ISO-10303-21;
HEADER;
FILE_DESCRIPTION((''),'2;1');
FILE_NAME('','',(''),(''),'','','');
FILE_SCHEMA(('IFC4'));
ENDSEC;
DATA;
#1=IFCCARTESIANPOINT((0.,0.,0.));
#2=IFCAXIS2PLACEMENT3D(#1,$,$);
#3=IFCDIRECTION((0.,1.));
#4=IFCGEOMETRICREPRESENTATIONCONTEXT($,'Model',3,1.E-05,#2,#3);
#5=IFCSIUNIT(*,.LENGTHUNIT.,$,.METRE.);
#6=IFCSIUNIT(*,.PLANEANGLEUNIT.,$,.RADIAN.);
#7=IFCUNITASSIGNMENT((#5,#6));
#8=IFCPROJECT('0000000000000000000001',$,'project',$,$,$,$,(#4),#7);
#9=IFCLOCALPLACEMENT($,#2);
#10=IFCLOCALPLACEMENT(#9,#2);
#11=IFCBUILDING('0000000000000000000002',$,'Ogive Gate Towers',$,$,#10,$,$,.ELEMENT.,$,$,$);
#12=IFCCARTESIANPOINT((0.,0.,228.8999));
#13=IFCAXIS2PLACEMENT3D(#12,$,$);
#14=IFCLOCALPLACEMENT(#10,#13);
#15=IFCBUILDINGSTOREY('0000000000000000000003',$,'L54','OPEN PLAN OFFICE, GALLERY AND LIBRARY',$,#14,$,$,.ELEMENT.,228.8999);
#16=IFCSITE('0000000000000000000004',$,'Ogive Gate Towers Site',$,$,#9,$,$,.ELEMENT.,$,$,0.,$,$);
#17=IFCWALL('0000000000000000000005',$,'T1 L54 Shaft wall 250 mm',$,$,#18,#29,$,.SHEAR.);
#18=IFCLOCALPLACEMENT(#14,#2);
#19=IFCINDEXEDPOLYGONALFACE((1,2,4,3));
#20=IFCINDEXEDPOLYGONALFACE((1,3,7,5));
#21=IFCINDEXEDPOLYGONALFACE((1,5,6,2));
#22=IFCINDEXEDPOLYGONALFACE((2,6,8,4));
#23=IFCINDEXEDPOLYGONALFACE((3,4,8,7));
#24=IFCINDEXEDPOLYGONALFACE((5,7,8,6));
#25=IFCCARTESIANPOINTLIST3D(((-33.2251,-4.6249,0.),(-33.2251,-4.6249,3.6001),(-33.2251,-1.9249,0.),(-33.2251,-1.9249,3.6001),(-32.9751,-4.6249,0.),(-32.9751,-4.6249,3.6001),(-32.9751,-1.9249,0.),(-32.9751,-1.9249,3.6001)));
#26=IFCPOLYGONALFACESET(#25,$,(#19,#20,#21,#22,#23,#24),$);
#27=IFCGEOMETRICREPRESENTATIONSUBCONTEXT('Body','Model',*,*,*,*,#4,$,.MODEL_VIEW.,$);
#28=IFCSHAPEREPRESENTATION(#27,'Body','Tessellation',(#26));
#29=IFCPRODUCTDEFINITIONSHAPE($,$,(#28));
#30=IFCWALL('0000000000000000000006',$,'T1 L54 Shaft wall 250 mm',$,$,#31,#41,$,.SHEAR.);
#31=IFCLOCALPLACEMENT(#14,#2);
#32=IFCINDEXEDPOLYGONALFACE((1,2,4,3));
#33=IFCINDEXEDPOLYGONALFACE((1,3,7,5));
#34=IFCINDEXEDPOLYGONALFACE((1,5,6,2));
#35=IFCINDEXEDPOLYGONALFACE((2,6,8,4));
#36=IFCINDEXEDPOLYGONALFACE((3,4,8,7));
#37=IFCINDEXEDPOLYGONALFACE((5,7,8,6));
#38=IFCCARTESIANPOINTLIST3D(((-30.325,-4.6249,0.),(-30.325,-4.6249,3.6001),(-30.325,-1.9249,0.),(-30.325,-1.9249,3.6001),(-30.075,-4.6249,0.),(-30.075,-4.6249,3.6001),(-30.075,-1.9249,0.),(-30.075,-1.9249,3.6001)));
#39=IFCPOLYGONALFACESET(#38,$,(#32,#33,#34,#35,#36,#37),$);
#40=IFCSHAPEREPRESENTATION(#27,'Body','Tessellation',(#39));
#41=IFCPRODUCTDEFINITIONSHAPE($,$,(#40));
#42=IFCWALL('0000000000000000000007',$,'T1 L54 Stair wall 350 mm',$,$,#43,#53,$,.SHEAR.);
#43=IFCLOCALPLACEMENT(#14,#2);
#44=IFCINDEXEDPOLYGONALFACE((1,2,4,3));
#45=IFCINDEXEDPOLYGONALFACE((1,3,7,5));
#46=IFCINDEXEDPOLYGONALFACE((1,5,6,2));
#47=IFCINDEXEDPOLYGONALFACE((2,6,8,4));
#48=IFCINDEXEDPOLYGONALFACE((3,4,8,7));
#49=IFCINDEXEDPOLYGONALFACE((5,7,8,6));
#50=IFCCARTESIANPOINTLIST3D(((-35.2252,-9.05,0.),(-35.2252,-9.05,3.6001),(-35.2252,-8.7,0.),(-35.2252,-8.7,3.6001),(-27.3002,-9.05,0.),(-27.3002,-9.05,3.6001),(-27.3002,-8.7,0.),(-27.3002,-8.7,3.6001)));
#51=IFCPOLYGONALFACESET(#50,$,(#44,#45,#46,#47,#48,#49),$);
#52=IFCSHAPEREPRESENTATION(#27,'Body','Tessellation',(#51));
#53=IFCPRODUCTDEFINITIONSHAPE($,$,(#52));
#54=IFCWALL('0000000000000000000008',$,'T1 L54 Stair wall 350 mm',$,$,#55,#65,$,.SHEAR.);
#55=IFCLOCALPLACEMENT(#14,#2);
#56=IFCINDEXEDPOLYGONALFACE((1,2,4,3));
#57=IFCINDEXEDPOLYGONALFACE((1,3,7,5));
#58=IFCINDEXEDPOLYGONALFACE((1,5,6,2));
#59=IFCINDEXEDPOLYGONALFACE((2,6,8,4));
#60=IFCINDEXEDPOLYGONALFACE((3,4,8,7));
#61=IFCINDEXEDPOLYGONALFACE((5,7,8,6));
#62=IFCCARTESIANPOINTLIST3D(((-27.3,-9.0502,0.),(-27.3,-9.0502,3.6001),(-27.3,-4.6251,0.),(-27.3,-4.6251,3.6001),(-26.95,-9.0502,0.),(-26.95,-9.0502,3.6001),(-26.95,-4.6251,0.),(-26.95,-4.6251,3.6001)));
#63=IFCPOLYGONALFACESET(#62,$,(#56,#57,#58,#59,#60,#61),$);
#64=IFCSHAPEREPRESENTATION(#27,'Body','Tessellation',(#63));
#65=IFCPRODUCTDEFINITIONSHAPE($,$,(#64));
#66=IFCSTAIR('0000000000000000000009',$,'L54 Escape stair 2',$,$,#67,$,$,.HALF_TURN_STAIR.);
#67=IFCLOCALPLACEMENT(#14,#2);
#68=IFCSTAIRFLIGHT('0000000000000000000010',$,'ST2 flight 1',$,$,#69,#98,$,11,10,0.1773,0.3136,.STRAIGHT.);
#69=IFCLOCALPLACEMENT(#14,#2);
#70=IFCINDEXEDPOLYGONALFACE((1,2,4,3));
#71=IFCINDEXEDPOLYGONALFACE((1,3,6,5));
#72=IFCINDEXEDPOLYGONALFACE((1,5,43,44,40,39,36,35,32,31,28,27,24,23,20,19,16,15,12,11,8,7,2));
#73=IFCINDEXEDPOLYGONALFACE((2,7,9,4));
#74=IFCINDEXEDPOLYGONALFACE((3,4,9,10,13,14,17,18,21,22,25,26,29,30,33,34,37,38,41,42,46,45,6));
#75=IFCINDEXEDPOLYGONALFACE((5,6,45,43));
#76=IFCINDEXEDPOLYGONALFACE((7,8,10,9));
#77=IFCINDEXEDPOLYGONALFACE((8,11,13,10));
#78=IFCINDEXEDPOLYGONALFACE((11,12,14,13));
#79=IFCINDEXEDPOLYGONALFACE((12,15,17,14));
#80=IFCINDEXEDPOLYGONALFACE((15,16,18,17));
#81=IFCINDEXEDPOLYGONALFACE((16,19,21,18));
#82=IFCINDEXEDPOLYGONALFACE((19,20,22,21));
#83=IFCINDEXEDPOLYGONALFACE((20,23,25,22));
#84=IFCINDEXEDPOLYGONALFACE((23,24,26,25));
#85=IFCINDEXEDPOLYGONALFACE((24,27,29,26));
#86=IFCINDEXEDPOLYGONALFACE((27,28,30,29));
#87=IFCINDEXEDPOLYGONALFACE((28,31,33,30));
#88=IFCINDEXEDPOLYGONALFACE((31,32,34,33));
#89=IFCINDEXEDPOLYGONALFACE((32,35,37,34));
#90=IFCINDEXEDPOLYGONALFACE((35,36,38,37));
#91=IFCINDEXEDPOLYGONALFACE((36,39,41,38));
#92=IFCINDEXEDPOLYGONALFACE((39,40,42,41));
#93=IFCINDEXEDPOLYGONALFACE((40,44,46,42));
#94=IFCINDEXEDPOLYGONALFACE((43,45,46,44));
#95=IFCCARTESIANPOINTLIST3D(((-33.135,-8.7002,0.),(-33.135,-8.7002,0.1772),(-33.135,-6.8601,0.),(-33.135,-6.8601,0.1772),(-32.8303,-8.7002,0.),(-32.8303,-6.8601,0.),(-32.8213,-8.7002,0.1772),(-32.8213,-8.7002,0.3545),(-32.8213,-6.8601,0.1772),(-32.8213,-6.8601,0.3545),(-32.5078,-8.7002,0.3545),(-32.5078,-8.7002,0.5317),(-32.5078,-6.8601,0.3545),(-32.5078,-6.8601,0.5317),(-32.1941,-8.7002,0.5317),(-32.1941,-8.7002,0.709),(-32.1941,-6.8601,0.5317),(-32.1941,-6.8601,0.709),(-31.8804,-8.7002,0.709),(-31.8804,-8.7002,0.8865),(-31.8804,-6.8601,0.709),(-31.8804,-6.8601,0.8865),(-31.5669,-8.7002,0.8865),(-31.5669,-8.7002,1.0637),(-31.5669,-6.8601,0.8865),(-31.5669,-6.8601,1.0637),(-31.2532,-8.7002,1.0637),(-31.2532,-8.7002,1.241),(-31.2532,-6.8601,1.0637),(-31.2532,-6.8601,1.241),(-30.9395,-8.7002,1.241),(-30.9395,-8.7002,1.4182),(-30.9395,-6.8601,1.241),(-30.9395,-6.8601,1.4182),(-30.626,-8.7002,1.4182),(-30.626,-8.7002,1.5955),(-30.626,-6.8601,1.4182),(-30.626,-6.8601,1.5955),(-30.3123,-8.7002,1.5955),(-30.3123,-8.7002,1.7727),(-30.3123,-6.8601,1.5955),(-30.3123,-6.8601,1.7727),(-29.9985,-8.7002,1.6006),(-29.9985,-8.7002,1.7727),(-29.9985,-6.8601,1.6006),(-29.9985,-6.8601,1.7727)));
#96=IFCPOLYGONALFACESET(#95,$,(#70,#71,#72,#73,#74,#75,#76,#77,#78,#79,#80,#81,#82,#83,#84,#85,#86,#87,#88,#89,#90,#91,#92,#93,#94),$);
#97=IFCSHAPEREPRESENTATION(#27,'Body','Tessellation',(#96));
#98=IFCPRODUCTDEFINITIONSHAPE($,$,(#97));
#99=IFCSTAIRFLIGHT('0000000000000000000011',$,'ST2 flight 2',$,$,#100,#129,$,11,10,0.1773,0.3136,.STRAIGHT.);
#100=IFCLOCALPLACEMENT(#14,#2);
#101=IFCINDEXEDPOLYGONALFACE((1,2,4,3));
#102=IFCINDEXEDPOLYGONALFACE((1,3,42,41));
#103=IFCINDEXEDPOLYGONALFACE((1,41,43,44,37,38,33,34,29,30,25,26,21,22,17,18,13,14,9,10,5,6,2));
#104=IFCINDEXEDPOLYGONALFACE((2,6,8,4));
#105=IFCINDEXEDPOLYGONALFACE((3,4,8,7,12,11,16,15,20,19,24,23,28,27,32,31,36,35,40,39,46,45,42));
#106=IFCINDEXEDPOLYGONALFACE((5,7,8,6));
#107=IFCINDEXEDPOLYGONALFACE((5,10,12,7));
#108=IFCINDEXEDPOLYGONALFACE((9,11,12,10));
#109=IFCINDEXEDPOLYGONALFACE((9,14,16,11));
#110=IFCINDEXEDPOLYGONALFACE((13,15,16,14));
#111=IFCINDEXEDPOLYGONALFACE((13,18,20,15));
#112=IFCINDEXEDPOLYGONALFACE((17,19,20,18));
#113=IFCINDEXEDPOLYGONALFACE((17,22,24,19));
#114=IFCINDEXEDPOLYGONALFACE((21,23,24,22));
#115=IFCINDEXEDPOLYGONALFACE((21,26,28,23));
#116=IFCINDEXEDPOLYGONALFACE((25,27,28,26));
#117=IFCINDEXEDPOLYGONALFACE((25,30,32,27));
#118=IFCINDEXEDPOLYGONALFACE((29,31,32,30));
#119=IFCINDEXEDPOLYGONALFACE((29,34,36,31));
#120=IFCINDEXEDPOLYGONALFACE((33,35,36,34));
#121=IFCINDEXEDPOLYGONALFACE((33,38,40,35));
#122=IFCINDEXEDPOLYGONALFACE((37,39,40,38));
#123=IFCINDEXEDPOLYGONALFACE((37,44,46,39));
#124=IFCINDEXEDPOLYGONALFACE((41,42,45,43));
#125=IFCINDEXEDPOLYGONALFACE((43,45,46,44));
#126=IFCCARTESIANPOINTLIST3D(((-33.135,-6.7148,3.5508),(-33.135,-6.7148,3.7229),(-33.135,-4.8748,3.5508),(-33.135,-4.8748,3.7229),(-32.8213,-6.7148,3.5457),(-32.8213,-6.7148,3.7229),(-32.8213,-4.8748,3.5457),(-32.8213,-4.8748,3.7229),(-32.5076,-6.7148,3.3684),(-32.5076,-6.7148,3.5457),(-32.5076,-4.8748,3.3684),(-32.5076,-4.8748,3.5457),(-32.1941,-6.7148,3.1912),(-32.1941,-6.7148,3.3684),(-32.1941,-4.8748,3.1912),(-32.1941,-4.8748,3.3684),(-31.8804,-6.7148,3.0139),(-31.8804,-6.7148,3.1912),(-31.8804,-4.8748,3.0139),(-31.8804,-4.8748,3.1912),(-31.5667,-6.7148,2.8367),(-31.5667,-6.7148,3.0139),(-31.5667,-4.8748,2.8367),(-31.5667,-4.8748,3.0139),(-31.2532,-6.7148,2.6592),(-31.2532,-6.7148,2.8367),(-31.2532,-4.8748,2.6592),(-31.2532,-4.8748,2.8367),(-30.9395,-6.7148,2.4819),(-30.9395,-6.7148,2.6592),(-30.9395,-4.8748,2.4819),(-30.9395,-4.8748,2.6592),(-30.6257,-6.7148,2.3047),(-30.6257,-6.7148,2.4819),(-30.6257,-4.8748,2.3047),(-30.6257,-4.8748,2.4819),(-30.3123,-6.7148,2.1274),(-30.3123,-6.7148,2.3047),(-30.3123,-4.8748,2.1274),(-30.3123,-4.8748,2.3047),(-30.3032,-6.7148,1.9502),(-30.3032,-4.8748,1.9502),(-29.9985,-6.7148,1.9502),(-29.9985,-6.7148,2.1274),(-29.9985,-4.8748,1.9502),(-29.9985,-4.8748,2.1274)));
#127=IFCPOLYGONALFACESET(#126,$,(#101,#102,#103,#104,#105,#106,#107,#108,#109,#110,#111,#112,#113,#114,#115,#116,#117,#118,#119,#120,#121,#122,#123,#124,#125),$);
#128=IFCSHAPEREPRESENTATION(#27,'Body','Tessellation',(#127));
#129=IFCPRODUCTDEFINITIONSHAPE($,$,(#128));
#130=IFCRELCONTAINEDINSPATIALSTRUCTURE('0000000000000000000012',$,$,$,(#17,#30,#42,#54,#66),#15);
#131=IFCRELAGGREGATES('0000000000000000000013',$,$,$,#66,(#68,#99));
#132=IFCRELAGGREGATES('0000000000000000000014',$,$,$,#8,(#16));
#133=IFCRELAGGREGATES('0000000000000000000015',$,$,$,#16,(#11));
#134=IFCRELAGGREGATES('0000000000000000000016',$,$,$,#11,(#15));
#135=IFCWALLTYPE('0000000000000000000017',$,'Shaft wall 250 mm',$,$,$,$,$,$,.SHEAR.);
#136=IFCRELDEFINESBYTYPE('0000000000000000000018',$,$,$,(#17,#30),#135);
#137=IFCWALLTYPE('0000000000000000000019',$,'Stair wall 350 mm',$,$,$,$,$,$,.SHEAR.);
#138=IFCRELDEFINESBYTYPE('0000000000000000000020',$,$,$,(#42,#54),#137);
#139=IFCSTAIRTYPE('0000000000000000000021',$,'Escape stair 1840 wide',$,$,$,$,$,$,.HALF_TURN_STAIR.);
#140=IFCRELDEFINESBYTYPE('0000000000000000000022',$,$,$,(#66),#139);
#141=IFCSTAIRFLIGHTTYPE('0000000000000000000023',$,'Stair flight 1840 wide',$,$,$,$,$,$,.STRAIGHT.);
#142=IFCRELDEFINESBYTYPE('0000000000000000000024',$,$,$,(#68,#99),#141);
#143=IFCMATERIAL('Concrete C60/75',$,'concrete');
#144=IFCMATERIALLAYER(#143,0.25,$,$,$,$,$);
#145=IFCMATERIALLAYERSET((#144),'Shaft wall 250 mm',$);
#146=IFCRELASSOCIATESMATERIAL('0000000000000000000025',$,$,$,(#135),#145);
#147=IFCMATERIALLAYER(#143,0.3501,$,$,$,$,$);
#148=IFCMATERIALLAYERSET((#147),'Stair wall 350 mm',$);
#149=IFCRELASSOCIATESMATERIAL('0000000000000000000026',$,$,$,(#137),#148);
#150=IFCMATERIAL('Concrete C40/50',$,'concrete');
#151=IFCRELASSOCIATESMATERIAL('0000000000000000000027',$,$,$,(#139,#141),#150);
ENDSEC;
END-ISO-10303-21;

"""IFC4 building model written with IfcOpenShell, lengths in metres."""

from ifc_helpers import new_model, si_unit, direction, frame, frame_2d, origin, place, context, subcontext, project, spatial, polyline, rectangle, outline, extrude, material, layer, layer_set, type_object, element, aggregate, save


model = new_model("IFC4")

# Units and contexts
model_context = context("Model", 3, precision=1e-05, world=origin(), true_north=direction((0.0, 1.0)))
body_context = subcontext(model_context, "Body", "Model", "MODEL_VIEW")
ifc_project = project(units=[si_unit("LENGTHUNIT", "METRE"), si_unit("PLANEANGLEUNIT", "RADIAN")], contexts=[model_context])

# Site, building, storey
site_placement = place(None, origin())
site = spatial("IfcSite", under=ifc_project, at=site_placement, Name="Ogive Gate Towers Site", CompositionType="ELEMENT", RefElevation=0.0)
building_placement = place(site_placement, origin())
building = spatial("IfcBuilding", under=site, at=building_placement, Name="Ogive Gate Towers", CompositionType="ELEMENT")
storey_placement = place(building_placement, frame((0.0, 0.0, 228.8999)))
storey = spatial("IfcBuildingStorey", under=building, at=storey_placement, Name="L54", Description="OPEN PLAN OFFICE, GALLERY AND LIBRARY", CompositionType="ELEMENT", Elevation=228.8999)

# Shared definitions
ifc_material_1 = material(Name="Concrete C60/75", Category="concrete")

# Shared definitions
ifc_layer_1 = layer(ifc_material_1, 0.25)
ifc_layer_set_1 = layer_set([ifc_layer_1], Name="Shaft wall 250 mm")
wall_type_1 = type_object("IfcWallType", Name="Shaft wall 250 mm", PredefinedType="SHEAR", material=ifc_layer_set_1)

# Walls
for number, where, z_axis, x_axis, name in (
    (1, (-33.1001, -4.625, 0.0), (0.0, 0.0, 1.0), (0.0, 1.0, 0.0), "T1 L54 Shaft wall 250 mm"),
    (2, (-30.2, -4.625, 0.0), (0.0, 0.0, 1.0), (0.0, 1.0, 0.0), "T1 L54 Shaft wall 250 mm"),
):
    element("IfcWall", number, at=place(storey_placement, frame(where, z_axis=z_axis, x_axis=x_axis)), inside=storey, type_object=wall_type_1, Name=name, PredefinedType="SHEAR", context=body_context, shape_type="SweptSolid", body=[
        extrude(rectangle(XDim=2.7, YDim=0.25, at=frame_2d((1.3501, 0.0))), origin(), (0.0, 0.0, 1.0), 3.6001),
    ])
ifc_layer_2 = layer(ifc_material_1, 0.3501)
ifc_layer_set_2 = layer_set([ifc_layer_2], Name="Stair wall 350 mm")
wall_type_2 = type_object("IfcWallType", Name="Stair wall 350 mm", PredefinedType="SHEAR", material=ifc_layer_set_2)
wall_1_placement = place(storey_placement, frame((-35.2251, -8.875, 0.0), z_axis=(0.0, 0.0, 1.0), x_axis=(1.0, 0.0, 0.0)))
element("IfcWall", 3, at=wall_1_placement, inside=storey, type_object=wall_type_2, Name="T1 L54 Stair wall 350 mm", PredefinedType="SHEAR", context=body_context, shape_type="SweptSolid", body=[
    extrude(rectangle(XDim=7.925, YDim=0.3501, at=frame_2d((3.9624, 0.0))), origin(), (0.0, 0.0, 1.0), 3.6001),
])
wall_2_placement = place(storey_placement, frame((-27.125, -9.05, 0.0), z_axis=(0.0, 0.0, 1.0), x_axis=(0.0, 1.0, 0.0)))
element("IfcWall", 4, at=wall_2_placement, inside=storey, type_object=wall_type_2, Name="T1 L54 Stair wall 350 mm", PredefinedType="SHEAR", context=body_context, shape_type="SweptSolid", body=[
    extrude(rectangle(XDim=4.425, YDim=0.3501, at=frame_2d((2.2124, 0.0))), origin(), (0.0, 0.0, 1.0), 3.6001),
])

# Stair, stair flights
ifc_material_2 = material(Name="Concrete C40/50", Category="concrete")
stair_type = type_object("IfcStairType", Name="Escape stair 1840 wide", PredefinedType="HALF_TURN_STAIR", material=ifc_material_2)
stair_placement = place(storey_placement, origin())
stair = element("IfcStair", 5, at=stair_placement, inside=storey, type_object=stair_type, Name="L54 Escape stair 2", PredefinedType="HALF_TURN_STAIR")
stair_flight_type = type_object("IfcStairFlightType", Name="Stair flight 1840 wide", PredefinedType="STRAIGHT", material=ifc_material_2)
stair_flight_1_placement = place(storey_placement, frame((-33.135, -7.78, 0.0), z_axis=(0.0, 0.0, 1.0), x_axis=(1.0, 0.0, 0.0)))
stair_flight_1 = element("IfcStairFlight", 6, at=stair_flight_1_placement, type_object=stair_flight_type, Name="ST2 flight 1", NumberOfRisers=11, NumberOfTreads=10, PredefinedType="STRAIGHT", RiserHeight=0.1773, TreadLength=0.3136, context=body_context, shape_type="SweptSolid", body=[
    extrude(outline(polyline([(0.0, 0.0), (0.0, 0.1772), (0.3137, 0.1772), (0.3137, 0.3545), (0.6272, 0.3545), (0.6272, 0.5317), (0.9409, 0.5317), (0.9409, 0.709), (1.2546, 0.709), (1.2546, 0.8865), (1.5681, 0.8865), (1.5681, 1.0637), (1.8818, 1.0637), (1.8818, 1.241), (2.1956, 1.241), (2.1956, 1.4182), (2.509, 1.4182), (2.509, 1.5955), (2.8228, 1.5955), (2.8228, 1.7727), (3.1365, 1.7727), (3.1365, 1.95), (3.1365, 1.6006), (0.3047, 0.0), (0.0, 0.0)])), frame((0.0, 0.9199, 0.0), z_axis=(0.0, -1.0, 0.0), x_axis=(1.0, 0.0, 0.0)), (0.0, 0.0, 1.0), 1.8401),
])
stair_flight_2_placement = place(storey_placement, frame((-29.9985, -5.7949, 1.9502), z_axis=(0.0, 0.0, 1.0), x_axis=(-1.0, 0.0, 0.0)))
stair_flight_2 = element("IfcStairFlight", 7, at=stair_flight_2_placement, type_object=stair_flight_type, Name="ST2 flight 2", NumberOfRisers=11, NumberOfTreads=10, PredefinedType="STRAIGHT", RiserHeight=0.1773, TreadLength=0.3136, context=body_context, shape_type="SweptSolid", body=[
    extrude(outline(polyline([(0.0, 0.0), (0.0, 0.1772), (0.3137, 0.1772), (0.3137, 0.3545), (0.6272, 0.3545), (0.6272, 0.5317), (0.9409, 0.5317), (0.9409, 0.709), (1.2546, 0.709), (1.2546, 0.8865), (1.5681, 0.8865), (1.5681, 1.0637), (1.8818, 1.0637), (1.8818, 1.241), (2.1956, 1.241), (2.1956, 1.4182), (2.509, 1.4182), (2.509, 1.5955), (2.8228, 1.5955), (2.8228, 1.7727), (3.1365, 1.7727), (3.1365, 1.95), (3.1365, 1.6006), (0.3047, 0.0), (0.0, 0.0)])), frame((0.0, 0.9199, 0.0), z_axis=(0.0, -1.0, 0.0), x_axis=(1.0, 0.0, 0.0)), (0.0, 0.0, 1.0), 1.8401),
])
aggregate(stair, [stair_flight_1, stair_flight_2])

save(model, "model.ifc")
